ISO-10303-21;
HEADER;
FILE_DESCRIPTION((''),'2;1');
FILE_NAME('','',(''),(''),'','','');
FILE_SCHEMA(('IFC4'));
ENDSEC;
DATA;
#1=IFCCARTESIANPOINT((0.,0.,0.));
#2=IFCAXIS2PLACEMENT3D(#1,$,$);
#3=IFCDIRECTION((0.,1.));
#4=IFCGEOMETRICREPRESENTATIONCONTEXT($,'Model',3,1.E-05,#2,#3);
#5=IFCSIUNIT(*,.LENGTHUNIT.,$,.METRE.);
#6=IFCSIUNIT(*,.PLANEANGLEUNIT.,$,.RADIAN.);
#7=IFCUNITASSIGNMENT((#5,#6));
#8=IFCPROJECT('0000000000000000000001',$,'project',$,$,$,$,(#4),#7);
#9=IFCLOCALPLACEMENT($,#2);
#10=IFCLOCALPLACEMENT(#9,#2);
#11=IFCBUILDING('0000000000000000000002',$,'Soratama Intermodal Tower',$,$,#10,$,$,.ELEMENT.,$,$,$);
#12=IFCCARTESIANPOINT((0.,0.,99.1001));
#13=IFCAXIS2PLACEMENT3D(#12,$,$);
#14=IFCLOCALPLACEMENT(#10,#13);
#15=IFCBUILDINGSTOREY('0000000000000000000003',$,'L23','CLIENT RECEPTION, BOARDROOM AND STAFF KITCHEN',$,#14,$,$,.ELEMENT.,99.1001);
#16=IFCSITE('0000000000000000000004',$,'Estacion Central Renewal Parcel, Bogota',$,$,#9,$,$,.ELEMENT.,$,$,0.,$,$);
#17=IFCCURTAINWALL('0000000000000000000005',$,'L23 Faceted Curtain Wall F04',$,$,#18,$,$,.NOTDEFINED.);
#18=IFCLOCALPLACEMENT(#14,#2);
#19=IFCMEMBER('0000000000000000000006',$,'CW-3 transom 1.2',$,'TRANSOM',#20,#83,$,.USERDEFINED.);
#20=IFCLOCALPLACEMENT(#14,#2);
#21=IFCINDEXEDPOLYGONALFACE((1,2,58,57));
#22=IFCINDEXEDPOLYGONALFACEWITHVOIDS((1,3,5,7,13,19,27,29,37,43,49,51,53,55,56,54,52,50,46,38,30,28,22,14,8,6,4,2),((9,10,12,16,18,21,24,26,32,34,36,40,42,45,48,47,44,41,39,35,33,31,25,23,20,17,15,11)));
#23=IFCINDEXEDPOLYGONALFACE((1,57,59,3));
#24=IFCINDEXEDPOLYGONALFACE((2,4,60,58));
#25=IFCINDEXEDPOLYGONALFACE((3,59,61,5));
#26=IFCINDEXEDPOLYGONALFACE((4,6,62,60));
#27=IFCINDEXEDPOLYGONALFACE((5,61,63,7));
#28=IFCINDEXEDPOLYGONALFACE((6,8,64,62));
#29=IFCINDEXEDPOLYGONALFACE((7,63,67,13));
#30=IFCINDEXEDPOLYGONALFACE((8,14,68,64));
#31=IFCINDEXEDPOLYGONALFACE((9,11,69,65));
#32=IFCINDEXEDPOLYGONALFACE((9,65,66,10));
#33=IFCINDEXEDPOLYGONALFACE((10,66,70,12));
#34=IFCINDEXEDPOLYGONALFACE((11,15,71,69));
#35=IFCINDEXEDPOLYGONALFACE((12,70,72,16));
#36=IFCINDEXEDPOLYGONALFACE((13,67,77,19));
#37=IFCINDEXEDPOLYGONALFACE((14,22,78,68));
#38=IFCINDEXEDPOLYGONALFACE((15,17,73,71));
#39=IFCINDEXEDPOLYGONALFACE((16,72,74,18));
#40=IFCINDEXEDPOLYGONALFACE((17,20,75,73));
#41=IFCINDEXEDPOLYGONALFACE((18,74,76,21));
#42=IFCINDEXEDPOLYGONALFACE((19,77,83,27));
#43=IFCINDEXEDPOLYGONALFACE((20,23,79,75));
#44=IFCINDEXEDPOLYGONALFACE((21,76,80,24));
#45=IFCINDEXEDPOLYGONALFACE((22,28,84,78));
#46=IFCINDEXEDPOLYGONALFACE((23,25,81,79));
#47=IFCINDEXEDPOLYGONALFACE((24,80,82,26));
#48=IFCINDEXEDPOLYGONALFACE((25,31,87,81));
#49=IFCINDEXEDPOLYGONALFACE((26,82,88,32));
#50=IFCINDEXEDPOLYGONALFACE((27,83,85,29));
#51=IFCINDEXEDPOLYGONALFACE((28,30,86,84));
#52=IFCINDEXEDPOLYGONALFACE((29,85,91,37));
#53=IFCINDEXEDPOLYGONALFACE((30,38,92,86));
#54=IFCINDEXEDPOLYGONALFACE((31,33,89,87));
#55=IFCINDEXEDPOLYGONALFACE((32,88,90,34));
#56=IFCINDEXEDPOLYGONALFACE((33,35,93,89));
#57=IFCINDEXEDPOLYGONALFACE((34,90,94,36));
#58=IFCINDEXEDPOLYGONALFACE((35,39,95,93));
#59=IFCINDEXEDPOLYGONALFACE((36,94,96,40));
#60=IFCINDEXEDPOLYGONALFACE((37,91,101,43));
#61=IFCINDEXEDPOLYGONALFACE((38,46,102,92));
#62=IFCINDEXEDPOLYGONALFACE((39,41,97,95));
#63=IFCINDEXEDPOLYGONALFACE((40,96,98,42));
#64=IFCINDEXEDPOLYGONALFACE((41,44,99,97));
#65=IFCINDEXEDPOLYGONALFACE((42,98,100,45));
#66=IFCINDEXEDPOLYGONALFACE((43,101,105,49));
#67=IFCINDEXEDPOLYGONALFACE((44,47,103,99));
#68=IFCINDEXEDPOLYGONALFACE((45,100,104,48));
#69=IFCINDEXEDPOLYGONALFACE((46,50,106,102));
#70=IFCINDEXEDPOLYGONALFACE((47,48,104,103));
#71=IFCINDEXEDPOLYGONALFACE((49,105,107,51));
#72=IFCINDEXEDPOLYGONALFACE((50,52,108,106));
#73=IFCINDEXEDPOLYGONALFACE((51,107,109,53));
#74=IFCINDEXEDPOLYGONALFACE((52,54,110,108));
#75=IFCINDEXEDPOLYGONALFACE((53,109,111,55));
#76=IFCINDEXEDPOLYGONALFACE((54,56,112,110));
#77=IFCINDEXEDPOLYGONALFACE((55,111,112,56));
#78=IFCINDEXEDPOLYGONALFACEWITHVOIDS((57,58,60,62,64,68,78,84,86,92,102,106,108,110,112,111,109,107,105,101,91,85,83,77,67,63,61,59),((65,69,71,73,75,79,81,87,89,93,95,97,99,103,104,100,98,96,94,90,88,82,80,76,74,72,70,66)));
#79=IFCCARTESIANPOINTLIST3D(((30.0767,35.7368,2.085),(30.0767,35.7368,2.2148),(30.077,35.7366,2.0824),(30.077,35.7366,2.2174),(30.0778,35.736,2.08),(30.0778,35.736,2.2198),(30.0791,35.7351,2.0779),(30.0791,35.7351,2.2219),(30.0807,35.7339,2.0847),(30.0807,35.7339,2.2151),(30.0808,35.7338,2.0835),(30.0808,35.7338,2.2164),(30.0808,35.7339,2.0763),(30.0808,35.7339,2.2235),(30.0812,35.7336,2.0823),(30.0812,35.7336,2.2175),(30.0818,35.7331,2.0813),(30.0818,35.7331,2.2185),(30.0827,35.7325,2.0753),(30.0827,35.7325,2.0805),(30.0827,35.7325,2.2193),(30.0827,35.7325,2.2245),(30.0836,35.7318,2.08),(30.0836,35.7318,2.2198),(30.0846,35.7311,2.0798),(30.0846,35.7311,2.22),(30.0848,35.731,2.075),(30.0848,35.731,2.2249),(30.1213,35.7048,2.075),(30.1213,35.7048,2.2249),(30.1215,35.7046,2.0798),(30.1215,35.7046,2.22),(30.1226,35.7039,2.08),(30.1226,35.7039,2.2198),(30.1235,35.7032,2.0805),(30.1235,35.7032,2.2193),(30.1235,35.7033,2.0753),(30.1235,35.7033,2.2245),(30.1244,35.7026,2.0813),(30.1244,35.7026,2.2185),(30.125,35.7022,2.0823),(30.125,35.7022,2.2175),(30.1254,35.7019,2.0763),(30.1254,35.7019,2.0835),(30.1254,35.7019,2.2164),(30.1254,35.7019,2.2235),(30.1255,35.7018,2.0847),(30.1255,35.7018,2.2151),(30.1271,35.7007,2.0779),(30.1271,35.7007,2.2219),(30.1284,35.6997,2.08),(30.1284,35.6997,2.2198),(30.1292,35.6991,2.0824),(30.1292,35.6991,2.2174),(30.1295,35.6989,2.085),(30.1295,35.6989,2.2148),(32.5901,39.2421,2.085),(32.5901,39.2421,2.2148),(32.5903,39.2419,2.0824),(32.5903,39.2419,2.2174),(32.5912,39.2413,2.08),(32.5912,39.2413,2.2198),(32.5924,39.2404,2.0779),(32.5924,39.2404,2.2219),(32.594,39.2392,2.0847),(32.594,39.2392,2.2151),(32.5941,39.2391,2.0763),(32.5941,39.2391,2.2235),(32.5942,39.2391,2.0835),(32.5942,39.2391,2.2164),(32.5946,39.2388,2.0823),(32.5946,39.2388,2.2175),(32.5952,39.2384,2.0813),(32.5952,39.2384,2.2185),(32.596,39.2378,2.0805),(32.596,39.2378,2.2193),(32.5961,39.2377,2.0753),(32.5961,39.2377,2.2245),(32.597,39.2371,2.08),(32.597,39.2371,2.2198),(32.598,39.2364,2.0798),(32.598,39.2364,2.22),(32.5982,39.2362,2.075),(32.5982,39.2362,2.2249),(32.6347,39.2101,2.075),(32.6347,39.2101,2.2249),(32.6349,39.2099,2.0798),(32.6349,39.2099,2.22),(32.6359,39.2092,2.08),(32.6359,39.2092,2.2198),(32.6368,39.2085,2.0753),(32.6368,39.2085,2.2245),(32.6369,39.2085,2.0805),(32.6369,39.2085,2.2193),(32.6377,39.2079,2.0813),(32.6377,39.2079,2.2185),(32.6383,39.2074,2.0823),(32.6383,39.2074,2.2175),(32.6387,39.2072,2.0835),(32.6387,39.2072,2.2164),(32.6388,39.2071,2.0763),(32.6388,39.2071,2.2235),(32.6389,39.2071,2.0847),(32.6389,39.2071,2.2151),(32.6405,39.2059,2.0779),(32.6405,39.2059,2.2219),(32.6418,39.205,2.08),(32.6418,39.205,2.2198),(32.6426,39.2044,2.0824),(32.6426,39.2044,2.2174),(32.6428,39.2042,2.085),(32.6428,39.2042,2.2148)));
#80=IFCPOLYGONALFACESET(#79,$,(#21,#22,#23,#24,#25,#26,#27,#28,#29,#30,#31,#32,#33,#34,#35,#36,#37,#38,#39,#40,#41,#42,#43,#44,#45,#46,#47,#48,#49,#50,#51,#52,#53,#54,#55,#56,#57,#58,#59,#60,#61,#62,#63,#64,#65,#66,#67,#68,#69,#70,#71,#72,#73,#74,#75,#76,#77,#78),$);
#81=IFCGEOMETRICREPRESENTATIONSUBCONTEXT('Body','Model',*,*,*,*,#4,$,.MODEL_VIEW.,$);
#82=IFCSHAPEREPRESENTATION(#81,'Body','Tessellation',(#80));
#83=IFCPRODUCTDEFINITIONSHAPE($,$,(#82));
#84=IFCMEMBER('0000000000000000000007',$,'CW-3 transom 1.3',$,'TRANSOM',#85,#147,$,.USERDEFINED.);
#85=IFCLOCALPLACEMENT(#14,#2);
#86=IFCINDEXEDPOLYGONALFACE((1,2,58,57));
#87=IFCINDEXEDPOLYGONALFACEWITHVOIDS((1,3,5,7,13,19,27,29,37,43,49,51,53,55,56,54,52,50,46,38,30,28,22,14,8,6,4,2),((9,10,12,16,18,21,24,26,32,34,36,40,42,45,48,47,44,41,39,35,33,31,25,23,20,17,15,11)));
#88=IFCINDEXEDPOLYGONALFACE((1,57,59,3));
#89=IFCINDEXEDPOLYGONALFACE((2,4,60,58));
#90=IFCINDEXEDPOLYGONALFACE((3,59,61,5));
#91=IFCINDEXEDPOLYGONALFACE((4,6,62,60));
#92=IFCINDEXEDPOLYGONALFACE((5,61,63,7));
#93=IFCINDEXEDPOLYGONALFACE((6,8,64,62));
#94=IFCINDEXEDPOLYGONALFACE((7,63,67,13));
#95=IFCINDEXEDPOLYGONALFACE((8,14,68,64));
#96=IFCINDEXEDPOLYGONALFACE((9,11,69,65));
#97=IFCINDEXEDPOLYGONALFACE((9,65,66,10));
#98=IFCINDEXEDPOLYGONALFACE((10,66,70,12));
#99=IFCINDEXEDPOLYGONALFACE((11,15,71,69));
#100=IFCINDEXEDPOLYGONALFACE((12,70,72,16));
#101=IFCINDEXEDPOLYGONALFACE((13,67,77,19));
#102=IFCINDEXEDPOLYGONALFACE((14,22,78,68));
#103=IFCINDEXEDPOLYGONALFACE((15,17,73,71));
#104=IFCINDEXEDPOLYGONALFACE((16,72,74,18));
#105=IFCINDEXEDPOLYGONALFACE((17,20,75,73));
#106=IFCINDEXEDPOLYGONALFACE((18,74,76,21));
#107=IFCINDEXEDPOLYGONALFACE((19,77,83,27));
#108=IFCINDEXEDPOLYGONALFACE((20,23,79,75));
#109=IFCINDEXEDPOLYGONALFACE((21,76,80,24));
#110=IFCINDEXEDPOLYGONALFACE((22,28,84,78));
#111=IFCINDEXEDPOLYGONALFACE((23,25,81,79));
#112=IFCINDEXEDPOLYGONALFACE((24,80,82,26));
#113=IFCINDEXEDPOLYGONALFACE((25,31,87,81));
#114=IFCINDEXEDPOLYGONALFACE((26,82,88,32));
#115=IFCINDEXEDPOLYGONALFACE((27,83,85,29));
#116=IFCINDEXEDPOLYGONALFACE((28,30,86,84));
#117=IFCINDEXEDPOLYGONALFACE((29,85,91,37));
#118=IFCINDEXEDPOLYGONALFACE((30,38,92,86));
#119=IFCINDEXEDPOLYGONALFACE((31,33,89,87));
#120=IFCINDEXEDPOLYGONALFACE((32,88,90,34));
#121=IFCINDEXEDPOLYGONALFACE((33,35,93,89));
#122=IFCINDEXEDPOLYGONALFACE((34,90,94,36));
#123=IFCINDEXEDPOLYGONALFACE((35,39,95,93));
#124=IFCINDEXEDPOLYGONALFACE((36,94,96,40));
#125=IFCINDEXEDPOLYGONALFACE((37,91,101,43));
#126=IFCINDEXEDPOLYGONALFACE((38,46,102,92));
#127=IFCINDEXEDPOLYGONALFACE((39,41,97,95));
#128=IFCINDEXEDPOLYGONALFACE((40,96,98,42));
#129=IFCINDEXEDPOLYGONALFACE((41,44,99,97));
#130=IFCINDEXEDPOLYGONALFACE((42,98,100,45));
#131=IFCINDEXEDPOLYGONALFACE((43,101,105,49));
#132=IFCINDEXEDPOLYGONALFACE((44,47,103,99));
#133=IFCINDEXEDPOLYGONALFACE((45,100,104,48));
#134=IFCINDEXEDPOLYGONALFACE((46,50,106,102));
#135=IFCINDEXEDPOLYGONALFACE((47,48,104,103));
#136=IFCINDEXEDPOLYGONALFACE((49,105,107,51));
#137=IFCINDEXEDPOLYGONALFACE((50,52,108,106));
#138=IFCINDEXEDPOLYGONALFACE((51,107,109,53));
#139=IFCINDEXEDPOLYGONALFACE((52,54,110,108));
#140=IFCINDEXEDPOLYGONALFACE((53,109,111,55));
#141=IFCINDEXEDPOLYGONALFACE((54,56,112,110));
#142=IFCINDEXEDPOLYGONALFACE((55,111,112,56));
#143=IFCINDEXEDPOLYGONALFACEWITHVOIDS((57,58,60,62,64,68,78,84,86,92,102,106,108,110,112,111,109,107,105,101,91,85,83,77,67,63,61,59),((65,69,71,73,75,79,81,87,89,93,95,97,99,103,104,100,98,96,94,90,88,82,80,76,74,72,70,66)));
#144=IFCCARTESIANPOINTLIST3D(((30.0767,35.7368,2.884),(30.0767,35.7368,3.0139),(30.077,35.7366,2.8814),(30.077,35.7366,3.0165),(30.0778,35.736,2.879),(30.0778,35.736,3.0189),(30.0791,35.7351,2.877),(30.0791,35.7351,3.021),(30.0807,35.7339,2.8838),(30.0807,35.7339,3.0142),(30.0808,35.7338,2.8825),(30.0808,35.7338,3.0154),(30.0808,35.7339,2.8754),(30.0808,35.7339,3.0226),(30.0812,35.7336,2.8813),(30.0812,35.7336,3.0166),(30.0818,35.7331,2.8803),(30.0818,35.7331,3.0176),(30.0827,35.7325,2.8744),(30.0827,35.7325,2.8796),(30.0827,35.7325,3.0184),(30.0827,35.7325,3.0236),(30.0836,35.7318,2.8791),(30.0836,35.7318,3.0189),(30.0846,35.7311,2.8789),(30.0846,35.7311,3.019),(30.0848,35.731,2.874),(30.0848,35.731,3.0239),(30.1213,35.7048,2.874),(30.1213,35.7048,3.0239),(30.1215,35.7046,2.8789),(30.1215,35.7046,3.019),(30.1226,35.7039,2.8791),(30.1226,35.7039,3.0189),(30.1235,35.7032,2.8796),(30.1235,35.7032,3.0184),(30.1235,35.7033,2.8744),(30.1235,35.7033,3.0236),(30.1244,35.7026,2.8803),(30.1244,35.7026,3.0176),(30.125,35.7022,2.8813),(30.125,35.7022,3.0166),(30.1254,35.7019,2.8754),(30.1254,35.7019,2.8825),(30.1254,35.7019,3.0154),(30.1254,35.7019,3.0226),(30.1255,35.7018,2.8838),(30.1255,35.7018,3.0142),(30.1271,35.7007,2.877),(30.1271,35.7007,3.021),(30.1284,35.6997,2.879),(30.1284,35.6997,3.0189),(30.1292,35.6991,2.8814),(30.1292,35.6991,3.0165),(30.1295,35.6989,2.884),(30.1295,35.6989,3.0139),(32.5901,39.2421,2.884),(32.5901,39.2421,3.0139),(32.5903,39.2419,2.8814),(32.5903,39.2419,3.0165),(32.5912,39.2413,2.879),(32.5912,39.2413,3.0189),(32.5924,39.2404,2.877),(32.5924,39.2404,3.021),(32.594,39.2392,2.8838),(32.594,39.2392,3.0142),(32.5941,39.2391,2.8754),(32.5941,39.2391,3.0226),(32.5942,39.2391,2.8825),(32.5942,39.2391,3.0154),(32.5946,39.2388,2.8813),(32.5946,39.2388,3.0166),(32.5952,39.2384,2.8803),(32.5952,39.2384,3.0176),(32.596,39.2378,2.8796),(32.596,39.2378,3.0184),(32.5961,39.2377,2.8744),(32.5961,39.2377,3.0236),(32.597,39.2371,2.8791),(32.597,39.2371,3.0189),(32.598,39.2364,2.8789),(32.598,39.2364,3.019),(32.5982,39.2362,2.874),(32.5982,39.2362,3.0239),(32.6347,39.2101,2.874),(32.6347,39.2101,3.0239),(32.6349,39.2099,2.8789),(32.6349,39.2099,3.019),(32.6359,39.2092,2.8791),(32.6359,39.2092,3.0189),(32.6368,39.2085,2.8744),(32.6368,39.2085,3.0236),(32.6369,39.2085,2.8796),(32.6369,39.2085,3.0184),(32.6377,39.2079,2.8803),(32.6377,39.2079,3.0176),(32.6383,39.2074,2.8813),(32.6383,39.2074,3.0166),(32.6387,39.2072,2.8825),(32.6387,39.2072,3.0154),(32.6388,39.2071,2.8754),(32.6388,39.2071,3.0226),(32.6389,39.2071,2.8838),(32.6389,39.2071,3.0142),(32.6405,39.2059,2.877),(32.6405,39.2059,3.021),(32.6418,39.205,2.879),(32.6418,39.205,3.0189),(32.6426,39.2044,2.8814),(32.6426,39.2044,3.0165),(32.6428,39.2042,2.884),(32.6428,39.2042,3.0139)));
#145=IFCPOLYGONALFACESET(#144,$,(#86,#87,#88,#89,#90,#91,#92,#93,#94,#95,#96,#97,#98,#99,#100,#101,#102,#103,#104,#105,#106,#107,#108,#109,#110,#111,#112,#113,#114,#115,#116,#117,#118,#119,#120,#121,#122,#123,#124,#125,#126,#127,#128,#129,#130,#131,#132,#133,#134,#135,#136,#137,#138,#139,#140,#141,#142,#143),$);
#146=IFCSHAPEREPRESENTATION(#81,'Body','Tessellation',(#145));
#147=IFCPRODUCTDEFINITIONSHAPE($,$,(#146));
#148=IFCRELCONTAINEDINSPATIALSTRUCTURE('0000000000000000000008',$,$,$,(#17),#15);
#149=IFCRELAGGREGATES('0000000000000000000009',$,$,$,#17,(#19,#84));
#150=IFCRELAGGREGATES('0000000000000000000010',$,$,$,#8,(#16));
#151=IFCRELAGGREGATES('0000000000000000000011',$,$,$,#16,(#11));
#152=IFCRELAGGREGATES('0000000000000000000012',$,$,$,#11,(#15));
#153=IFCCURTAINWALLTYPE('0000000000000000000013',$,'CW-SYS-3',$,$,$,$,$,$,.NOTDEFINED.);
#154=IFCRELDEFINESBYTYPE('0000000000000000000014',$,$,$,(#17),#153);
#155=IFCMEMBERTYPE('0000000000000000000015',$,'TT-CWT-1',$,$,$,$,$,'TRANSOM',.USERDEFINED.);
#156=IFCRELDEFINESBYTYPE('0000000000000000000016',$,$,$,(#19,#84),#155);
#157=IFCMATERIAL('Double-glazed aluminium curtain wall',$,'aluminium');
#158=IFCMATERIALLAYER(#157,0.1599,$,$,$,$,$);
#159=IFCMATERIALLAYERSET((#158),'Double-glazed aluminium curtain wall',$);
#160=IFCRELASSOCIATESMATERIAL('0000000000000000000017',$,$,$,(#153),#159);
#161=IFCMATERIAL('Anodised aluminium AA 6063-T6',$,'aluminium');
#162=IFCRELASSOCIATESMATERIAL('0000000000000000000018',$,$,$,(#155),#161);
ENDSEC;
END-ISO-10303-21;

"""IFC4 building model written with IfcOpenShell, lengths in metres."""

from ifc_helpers import new_model, si_unit, direction, frame, origin, origin_2d, place, context, subcontext, project, spatial, hollow_rectangle, extrude, material, layer, layer_set, material_profile, profile_set, type_object, element, aggregate, save


model = new_model("IFC4")

# Units and contexts
model_context = context("Model", 3, precision=1e-05, world=origin(), true_north=direction((0.0, 1.0)))
body_context = subcontext(model_context, "Body", "Model", "MODEL_VIEW")
ifc_project = project(units=[si_unit("LENGTHUNIT", "METRE"), si_unit("PLANEANGLEUNIT", "RADIAN")], contexts=[model_context])

# Site, building, storey
site_placement = place(None, origin())
site = spatial("IfcSite", under=ifc_project, at=site_placement, Name="Estacion Central Renewal Parcel, Bogota", CompositionType="ELEMENT", RefElevation=0.0)
building_placement = place(site_placement, origin())
building = spatial("IfcBuilding", under=site, at=building_placement, Name="Soratama Intermodal Tower", CompositionType="ELEMENT")
storey_placement = place(building_placement, frame((0.0, 0.0, 99.1001)))
storey = spatial("IfcBuildingStorey", under=building, at=storey_placement, Name="L23", Description="CLIENT RECEPTION, BOARDROOM AND STAFF KITCHEN", CompositionType="ELEMENT", Elevation=99.1001)

# Curtain wall, members
ifc_material_1 = material(Name="Double-glazed aluminium curtain wall", Category="aluminium")
ifc_layer_1 = layer(ifc_material_1, 0.1599)
ifc_layer_set_1 = layer_set([ifc_layer_1], Name="Double-glazed aluminium curtain wall")
curtain_wall_type = type_object("IfcCurtainWallType", Name="CW-SYS-3", PredefinedType="NOTDEFINED", material=ifc_layer_set_1)
curtain_wall_placement = place(storey_placement, origin())
curtain_wall = element("IfcCurtainWall", 1, at=curtain_wall_placement, inside=storey, type_object=curtain_wall_type, Name="L23 Faceted Curtain Wall F04", PredefinedType="NOTDEFINED")
ifc_material_2 = material(Name="Anodised aluminium AA 6063-T6", Category="aluminium")
ifc_material_profile_1 = material_profile(ifc_material_2, hollow_rectangle(XDim=0.0649, YDim=0.1499, WallThickness=0.0049, InnerFilletRadius=0.0049, OuterFilletRadius=0.01, at=origin_2d()), Name="CWT150X65X5")
ifc_profile_set_1 = profile_set([ifc_material_profile_1], Name="Anodised aluminium AA 6063-T6")
member_type_1 = type_object("IfcMemberType", Name="TT-CWT-1", ElementType="TRANSOM", PredefinedType="USERDEFINED", material=ifc_profile_set_1)
member_1_placement = place(storey_placement, frame((32.6165, 39.2231, 2.1499), z_axis=(-0.58271, -0.81268, 0.0), x_axis=(0.81268, -0.58271, 0.0)))
member_1 = element("IfcMember", 2, at=member_1_placement, type_object=member_type_1, Name="CW-3 transom 1.2", ObjectType="TRANSOM", PredefinedType="USERDEFINED", context=body_context, shape_type="SweptSolid", body=[
    extrude(hollow_rectangle(XDim=0.0649, YDim=0.1499, WallThickness=0.0049, InnerFilletRadius=0.0049, OuterFilletRadius=0.01, at=origin_2d()), origin(), (0.0, 0.0, 1.0), 4.3132),
])
member_2_placement = place(storey_placement, frame((32.6165, 39.2231, 2.949), z_axis=(-0.58271, -0.81268, 0.0), x_axis=(0.81268, -0.58271, 0.0)))
member_2 = element("IfcMember", 3, at=member_2_placement, type_object=member_type_1, Name="CW-3 transom 1.3", ObjectType="TRANSOM", PredefinedType="USERDEFINED", context=body_context, shape_type="SweptSolid", body=[
    extrude(hollow_rectangle(XDim=0.0649, YDim=0.1499, WallThickness=0.0049, InnerFilletRadius=0.0049, OuterFilletRadius=0.01, at=origin_2d()), origin(), (0.0, 0.0, 1.0), 4.3132),
])
aggregate(curtain_wall, [member_1, member_2])

save(model, "model.ifc")
